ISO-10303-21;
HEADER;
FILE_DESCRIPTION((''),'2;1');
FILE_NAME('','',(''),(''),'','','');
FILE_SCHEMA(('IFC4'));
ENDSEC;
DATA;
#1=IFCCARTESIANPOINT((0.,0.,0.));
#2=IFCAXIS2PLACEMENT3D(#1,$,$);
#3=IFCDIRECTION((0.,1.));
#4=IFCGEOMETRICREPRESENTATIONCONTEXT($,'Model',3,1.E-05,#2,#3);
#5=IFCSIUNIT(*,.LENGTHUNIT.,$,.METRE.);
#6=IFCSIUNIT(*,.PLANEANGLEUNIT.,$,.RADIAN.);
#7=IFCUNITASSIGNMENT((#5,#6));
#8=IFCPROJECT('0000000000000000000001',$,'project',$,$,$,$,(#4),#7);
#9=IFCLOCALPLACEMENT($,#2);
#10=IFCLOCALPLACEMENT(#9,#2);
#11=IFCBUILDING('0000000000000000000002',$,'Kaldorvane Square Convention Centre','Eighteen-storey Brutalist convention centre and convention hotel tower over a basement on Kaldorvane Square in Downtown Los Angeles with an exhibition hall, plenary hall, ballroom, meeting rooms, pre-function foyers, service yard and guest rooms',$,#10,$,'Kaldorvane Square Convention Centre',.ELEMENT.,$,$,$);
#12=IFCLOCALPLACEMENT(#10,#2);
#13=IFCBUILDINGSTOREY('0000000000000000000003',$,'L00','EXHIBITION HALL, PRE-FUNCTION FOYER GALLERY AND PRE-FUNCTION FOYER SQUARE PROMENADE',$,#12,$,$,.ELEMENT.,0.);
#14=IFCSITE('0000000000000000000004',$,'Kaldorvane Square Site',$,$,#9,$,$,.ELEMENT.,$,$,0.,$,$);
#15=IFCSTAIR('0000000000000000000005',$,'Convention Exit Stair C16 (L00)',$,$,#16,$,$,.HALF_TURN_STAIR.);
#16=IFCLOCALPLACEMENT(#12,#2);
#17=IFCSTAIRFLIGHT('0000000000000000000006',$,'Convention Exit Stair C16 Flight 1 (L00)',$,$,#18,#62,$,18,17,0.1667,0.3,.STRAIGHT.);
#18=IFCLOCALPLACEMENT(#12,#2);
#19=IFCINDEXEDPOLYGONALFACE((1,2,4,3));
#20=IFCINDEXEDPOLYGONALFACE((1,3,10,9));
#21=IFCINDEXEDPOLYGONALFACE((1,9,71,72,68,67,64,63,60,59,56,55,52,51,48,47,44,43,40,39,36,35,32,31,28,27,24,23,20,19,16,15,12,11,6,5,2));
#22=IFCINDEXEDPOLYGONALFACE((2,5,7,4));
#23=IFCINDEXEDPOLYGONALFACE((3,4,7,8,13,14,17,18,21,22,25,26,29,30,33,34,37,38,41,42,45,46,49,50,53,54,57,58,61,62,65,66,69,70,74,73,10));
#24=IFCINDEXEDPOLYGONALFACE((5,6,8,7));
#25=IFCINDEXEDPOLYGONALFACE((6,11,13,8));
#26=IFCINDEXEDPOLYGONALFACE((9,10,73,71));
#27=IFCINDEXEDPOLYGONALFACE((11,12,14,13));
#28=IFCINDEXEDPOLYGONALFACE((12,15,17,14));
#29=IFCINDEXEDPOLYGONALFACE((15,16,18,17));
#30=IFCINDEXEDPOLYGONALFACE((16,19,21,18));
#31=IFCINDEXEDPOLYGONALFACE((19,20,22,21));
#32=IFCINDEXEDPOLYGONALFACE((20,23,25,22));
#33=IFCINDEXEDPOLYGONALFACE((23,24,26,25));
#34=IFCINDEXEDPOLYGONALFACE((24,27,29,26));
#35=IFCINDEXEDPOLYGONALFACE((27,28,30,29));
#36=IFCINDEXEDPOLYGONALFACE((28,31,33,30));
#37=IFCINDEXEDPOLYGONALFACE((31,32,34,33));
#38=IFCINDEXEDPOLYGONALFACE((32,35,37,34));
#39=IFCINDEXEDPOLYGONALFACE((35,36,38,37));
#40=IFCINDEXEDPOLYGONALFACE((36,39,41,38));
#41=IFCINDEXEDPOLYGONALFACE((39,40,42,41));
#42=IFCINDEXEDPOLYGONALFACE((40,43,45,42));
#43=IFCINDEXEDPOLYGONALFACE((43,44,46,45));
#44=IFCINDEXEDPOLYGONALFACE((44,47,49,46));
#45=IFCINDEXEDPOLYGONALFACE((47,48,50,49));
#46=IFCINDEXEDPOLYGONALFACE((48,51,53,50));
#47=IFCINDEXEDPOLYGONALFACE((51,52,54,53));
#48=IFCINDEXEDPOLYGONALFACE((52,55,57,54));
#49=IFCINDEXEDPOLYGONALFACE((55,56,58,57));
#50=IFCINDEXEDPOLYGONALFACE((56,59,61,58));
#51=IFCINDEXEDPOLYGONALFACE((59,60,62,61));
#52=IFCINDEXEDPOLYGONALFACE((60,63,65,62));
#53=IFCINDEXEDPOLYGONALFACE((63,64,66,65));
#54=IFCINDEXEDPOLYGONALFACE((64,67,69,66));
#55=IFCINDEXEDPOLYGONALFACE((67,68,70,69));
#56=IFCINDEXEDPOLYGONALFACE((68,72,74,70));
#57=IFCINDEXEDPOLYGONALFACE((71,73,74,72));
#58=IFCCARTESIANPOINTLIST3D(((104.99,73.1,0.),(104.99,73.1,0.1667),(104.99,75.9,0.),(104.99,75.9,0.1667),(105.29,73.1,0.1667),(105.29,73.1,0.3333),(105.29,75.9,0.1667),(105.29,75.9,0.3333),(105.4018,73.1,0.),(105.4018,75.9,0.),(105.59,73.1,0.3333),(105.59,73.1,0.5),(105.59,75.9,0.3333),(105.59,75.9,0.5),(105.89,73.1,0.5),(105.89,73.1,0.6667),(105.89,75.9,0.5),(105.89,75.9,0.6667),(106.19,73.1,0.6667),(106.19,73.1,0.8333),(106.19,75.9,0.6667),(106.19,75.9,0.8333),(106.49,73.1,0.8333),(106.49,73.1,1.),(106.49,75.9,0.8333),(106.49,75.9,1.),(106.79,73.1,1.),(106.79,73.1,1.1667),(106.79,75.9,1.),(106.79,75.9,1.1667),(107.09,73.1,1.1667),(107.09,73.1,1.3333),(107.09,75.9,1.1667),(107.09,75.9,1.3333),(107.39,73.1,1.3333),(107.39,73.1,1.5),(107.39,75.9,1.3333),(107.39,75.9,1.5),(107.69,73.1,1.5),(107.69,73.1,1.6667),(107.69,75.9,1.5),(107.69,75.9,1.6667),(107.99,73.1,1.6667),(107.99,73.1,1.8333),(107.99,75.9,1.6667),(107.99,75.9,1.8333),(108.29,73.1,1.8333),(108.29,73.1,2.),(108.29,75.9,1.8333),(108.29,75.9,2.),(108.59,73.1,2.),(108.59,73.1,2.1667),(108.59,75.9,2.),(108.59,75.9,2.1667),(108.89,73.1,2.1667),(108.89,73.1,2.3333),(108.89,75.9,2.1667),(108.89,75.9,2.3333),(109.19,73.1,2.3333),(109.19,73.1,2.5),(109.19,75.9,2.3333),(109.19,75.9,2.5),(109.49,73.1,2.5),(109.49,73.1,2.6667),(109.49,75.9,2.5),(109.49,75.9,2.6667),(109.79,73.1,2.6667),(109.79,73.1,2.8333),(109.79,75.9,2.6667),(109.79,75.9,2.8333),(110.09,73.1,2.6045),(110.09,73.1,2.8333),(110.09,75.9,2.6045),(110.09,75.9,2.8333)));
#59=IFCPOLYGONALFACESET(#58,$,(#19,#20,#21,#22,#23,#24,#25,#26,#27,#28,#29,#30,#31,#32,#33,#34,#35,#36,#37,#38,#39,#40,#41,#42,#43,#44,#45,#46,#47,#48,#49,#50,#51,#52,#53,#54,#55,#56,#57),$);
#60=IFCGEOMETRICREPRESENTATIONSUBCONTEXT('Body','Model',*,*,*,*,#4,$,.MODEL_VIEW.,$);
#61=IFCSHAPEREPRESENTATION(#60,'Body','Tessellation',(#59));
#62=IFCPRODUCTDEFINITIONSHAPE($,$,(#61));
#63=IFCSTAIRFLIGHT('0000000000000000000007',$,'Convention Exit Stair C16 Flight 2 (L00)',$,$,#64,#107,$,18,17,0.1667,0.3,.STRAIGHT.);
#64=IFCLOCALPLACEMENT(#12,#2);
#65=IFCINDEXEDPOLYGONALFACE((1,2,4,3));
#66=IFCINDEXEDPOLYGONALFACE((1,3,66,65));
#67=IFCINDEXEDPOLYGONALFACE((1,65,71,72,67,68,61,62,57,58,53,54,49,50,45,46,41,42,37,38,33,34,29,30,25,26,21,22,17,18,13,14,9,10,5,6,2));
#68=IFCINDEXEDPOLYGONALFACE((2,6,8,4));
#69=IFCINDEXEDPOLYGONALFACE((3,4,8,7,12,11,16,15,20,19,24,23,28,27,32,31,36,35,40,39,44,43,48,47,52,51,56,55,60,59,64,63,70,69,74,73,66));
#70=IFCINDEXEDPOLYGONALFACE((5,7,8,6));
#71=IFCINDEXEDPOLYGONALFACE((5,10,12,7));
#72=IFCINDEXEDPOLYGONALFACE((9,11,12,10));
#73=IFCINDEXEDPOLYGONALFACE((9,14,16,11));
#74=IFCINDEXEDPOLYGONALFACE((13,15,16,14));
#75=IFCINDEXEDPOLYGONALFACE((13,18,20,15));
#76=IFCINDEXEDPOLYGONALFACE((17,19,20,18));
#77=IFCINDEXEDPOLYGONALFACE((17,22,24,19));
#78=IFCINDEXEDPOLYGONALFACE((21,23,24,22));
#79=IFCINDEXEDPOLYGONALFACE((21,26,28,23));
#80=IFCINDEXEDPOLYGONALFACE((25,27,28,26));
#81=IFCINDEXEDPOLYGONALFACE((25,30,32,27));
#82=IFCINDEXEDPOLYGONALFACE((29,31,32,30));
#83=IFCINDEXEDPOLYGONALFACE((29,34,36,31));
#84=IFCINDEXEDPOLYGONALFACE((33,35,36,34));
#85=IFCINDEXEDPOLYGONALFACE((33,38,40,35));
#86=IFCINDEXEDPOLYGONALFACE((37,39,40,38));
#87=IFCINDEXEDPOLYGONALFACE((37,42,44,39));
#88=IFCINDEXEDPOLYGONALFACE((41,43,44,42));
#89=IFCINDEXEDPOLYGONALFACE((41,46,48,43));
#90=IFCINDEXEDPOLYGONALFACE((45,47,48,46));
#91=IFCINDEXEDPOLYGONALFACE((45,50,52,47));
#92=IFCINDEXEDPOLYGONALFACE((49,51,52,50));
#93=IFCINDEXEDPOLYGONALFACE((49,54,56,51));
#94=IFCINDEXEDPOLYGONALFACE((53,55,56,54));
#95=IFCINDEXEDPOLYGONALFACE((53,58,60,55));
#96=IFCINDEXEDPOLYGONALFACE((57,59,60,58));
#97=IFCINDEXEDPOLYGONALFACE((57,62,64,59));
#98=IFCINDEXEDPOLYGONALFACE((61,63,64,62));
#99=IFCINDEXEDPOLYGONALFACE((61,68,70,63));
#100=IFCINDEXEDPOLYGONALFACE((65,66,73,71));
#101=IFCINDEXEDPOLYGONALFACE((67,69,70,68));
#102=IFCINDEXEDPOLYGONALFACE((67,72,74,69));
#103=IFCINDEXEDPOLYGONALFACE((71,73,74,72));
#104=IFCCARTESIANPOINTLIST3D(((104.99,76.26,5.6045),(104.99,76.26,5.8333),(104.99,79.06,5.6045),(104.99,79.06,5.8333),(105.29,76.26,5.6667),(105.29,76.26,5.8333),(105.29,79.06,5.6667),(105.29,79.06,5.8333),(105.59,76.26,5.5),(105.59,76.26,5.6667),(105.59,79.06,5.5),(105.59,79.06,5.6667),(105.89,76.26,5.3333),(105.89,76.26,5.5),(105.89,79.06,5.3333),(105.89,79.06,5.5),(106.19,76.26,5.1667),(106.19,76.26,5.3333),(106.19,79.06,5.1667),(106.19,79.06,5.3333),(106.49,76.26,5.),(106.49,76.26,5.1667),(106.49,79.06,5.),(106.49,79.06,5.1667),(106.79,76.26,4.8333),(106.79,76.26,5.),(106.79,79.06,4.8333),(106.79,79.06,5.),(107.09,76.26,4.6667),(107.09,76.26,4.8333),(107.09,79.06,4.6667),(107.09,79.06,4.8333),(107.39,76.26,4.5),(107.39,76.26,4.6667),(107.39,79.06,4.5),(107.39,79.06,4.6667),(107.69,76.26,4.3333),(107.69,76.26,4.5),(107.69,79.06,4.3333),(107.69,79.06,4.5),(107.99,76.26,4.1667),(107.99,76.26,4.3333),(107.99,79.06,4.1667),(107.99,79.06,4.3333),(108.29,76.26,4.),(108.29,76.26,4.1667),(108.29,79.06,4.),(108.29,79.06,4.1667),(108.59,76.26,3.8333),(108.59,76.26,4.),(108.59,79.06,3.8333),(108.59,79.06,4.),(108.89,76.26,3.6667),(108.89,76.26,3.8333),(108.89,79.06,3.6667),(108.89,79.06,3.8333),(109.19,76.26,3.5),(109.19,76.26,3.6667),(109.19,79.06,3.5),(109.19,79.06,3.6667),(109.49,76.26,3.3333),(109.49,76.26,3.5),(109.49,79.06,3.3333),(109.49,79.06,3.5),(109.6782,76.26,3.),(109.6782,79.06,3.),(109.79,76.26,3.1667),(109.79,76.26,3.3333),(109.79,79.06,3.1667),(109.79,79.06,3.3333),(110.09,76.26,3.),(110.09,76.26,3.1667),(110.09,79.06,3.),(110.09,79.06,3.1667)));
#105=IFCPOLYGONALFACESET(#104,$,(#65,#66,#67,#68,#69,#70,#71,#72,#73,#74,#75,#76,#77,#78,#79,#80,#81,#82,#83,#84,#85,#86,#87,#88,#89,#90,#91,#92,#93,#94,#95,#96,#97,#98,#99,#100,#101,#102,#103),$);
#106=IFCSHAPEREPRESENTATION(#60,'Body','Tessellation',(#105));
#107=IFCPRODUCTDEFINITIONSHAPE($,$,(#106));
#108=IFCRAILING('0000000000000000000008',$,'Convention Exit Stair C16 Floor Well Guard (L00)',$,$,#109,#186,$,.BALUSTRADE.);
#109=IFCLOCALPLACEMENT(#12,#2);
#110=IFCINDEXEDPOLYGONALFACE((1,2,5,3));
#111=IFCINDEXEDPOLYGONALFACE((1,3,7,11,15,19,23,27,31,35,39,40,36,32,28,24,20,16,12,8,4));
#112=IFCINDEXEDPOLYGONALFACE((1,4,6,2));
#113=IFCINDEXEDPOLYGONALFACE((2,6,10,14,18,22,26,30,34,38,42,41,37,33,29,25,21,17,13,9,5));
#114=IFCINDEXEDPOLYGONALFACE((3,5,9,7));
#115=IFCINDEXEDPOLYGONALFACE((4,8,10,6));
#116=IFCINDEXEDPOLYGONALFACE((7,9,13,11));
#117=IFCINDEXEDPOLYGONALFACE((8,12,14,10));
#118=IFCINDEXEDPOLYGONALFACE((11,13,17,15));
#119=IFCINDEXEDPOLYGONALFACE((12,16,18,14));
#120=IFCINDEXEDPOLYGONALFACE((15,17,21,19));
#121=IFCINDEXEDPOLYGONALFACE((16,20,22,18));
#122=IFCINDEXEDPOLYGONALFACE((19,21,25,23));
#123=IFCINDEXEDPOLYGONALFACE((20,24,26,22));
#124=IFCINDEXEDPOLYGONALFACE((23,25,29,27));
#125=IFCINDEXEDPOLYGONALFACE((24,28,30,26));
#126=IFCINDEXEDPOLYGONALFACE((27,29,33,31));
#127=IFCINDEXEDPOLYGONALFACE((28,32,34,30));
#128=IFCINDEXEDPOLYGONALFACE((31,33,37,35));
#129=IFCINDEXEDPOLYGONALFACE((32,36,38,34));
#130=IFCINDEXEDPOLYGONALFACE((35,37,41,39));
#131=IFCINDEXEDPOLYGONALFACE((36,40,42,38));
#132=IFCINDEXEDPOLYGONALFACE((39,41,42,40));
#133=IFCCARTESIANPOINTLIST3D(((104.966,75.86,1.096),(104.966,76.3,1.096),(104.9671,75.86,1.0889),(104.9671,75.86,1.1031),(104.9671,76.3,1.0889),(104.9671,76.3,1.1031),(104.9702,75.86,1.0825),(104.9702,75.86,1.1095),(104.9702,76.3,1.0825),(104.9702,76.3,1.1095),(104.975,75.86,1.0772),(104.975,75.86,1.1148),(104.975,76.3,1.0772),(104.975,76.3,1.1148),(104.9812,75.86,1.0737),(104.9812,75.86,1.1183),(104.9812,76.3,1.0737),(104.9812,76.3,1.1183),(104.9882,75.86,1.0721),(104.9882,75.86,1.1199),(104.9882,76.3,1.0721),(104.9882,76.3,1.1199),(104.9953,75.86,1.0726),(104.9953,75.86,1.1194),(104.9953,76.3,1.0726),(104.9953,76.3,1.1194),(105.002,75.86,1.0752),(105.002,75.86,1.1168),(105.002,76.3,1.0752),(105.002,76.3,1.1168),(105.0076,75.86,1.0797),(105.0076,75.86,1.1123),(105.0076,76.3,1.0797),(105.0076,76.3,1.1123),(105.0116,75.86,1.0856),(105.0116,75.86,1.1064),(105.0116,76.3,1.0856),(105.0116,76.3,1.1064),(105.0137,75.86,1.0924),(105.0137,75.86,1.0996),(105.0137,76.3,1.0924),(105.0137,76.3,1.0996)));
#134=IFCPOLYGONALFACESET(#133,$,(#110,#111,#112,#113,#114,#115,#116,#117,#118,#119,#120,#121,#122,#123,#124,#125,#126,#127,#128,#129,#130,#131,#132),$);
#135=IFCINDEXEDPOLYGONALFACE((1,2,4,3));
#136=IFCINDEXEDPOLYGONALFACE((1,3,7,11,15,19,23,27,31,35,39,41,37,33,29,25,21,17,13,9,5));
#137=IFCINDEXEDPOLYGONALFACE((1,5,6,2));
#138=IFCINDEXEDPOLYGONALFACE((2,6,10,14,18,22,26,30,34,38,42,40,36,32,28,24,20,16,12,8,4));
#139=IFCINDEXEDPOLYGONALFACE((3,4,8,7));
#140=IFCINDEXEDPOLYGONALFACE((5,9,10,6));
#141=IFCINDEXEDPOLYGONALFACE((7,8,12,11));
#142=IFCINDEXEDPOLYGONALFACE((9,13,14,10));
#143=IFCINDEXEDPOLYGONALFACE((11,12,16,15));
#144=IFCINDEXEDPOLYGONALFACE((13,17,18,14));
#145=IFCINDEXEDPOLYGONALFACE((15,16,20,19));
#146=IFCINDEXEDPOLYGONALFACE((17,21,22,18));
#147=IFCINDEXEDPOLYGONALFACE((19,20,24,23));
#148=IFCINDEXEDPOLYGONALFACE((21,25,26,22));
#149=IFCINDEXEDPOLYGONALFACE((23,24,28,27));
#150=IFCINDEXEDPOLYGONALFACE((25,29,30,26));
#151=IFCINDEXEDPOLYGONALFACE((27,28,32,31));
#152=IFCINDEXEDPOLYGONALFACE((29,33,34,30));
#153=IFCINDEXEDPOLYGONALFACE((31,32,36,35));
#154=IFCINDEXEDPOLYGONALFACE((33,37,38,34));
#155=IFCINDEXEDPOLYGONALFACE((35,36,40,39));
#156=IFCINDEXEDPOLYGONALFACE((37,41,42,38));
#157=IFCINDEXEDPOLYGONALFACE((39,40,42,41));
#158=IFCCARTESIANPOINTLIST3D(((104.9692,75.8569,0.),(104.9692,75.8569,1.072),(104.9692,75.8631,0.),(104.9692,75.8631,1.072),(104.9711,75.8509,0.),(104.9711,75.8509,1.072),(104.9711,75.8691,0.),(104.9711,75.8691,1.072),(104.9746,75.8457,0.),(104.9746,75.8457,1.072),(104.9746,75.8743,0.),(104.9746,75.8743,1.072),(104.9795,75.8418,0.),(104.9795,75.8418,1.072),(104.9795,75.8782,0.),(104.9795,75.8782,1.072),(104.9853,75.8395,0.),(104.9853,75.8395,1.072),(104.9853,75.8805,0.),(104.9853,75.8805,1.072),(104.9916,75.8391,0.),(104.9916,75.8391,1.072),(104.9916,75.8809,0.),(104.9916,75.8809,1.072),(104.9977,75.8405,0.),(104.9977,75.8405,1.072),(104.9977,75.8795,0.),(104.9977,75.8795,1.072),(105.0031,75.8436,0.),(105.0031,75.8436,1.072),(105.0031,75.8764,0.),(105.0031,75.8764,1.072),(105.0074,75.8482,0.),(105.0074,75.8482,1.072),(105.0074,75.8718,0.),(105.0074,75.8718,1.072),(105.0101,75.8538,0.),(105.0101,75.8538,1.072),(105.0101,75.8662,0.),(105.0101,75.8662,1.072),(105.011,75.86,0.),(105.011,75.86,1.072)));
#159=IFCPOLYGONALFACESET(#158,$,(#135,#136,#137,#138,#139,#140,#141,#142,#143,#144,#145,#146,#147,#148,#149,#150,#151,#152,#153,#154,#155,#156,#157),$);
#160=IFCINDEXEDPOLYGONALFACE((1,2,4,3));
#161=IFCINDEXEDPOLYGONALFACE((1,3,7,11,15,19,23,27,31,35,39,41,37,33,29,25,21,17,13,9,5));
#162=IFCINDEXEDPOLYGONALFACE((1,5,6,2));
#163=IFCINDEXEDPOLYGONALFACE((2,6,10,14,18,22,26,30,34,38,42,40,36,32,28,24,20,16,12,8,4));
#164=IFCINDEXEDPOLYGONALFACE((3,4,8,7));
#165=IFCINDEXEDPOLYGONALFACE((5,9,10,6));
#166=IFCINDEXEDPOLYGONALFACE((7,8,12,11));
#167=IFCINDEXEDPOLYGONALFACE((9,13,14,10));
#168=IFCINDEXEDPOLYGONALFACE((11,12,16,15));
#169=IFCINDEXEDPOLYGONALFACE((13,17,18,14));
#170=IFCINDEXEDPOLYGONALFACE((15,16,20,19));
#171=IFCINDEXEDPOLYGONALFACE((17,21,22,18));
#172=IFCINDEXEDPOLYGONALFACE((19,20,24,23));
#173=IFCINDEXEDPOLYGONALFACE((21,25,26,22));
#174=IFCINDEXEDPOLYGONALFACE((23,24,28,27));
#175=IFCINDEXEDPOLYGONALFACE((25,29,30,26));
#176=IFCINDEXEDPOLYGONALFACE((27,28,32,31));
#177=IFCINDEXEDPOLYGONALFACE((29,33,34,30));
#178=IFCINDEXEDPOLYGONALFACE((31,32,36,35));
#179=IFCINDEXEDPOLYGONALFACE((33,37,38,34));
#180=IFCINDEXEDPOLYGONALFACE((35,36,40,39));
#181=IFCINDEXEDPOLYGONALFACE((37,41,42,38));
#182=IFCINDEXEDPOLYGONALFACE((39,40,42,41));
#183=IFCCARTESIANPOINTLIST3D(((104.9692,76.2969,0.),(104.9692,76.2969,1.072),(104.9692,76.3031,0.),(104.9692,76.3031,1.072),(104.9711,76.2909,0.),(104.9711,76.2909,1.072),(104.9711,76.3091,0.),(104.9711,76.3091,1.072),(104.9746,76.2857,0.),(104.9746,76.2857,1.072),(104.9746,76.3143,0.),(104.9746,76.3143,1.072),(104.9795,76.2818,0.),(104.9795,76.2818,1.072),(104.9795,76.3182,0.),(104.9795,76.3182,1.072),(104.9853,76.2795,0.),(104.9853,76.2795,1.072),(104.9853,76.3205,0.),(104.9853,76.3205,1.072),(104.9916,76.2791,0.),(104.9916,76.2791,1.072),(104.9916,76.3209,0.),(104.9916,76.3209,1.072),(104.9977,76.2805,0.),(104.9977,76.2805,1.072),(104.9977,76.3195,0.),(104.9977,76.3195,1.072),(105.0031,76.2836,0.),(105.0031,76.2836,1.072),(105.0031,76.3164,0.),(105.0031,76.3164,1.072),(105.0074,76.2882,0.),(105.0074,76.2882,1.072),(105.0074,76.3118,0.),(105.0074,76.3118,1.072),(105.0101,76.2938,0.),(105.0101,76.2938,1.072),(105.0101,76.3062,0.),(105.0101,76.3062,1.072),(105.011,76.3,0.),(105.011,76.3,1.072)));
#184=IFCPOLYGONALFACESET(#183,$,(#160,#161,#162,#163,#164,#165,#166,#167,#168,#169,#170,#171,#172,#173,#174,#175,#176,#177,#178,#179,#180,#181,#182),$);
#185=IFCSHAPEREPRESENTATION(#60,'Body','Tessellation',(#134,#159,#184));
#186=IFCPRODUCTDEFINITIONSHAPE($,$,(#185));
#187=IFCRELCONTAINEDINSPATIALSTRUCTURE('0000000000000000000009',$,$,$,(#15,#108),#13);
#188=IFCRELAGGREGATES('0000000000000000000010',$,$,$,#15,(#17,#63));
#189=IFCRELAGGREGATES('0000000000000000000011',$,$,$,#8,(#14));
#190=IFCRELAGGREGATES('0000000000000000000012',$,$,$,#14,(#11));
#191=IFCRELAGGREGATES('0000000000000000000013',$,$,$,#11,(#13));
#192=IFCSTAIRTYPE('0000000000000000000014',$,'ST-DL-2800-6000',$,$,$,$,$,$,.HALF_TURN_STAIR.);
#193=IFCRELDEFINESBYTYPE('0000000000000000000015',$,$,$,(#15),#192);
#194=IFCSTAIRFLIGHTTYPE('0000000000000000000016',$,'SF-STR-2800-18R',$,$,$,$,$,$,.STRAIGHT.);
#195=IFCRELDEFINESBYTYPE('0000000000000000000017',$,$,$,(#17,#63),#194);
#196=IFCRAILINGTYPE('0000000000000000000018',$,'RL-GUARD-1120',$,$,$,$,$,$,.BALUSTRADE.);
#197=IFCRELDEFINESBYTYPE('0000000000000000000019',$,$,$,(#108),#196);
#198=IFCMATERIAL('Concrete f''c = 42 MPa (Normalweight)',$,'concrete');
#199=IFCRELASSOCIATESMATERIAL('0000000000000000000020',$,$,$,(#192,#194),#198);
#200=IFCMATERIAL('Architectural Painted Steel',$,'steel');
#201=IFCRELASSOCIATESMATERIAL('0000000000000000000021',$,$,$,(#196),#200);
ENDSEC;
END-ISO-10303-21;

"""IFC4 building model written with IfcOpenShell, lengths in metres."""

from ifc_helpers import new_model, si_unit, direction, frame, origin, origin_2d, place, context, subcontext, project, spatial, polyline, circle, outline, extrude, material, type_object, element, aggregate, save


model = new_model("IFC4")

# Units and contexts
model_context = context("Model", 3, precision=1e-05, world=origin(), true_north=direction((0.0, 1.0)))
body_context = subcontext(model_context, "Body", "Model", "MODEL_VIEW")
ifc_project = project(units=[si_unit("LENGTHUNIT", "METRE"), si_unit("PLANEANGLEUNIT", "RADIAN")], contexts=[model_context])

# Site, building, storey
site_placement = place(None, origin())
site = spatial("IfcSite", under=ifc_project, at=site_placement, Name="Kaldorvane Square Site", CompositionType="ELEMENT", RefElevation=0.0)
building_placement = place(site_placement, origin())
building = spatial("IfcBuilding", under=site, at=building_placement, Name="Kaldorvane Square Convention Centre", Description="Eighteen-storey Brutalist convention centre and convention hotel tower over a basement on Kaldorvane Square in Downtown Los Angeles with an exhibition hall, plenary hall, ballroom, meeting rooms, pre-function foyers, service yard and guest rooms", LongName="Kaldorvane Square Convention Centre", CompositionType="ELEMENT")
storey_placement = place(building_placement, origin())
storey = spatial("IfcBuildingStorey", under=building, at=storey_placement, Name="L00", Description="EXHIBITION HALL, PRE-FUNCTION FOYER GALLERY AND PRE-FUNCTION FOYER SQUARE PROMENADE", CompositionType="ELEMENT", Elevation=0.0)

# Stair, stair flights
ifc_material_1 = material(Name="Concrete f'c = 42 MPa (Normalweight)", Category="concrete")
stair_type = type_object("IfcStairType", Name="ST-DL-2800-6000", PredefinedType="HALF_TURN_STAIR", material=ifc_material_1)
stair_placement = place(storey_placement, origin())
stair = element("IfcStair", 1, at=stair_placement, inside=storey, type_object=stair_type, Name="Convention Exit Stair C16 (L00)", PredefinedType="HALF_TURN_STAIR")
stair_flight_type = type_object("IfcStairFlightType", Name="SF-STR-2800-18R", PredefinedType="STRAIGHT", material=ifc_material_1)
stair_flight_1_placement = place(storey_placement, frame((104.99, 74.5, 0.0), z_axis=(0.0, 0.0, 1.0), x_axis=(1.0, 0.0, 0.0)))
stair_flight_1 = element("IfcStairFlight", 2, at=stair_flight_1_placement, type_object=stair_flight_type, Name="Convention Exit Stair C16 Flight 1 (L00)", NumberOfRisers=18, NumberOfTreads=17, PredefinedType="STRAIGHT", RiserHeight=0.1667, TreadLength=0.3, context=body_context, shape_type="SweptSolid", body=[
    extrude(outline(polyline([(0.0, 0.0), (0.0, 0.1667), (0.3, 0.1667), (0.3, 0.3333), (0.6, 0.3333), (0.6, 0.5), (0.9, 0.5), (0.9, 0.6667), (1.2, 0.6667), (1.2, 0.8333), (1.5, 0.8333), (1.5, 1.0), (1.8, 1.0), (1.8, 1.1667), (2.1, 1.1667), (2.1, 1.3333), (2.4, 1.3333), (2.4, 1.5), (2.7, 1.5), (2.7, 1.6667), (3.0, 1.6667), (3.0, 1.8333), (3.3, 1.8333), (3.3, 2.0), (3.6, 2.0), (3.6, 2.1667), (3.9, 2.1667), (3.9, 2.3333), (4.2, 2.3333), (4.2, 2.5), (4.5, 2.5), (4.5, 2.6667), (4.8, 2.6667), (4.8, 2.8333), (5.1, 2.8333), (5.1, 3.0), (5.1, 2.6045), (0.4118, 0.0), (0.0, 0.0)])), frame((0.0, 1.4, 0.0), z_axis=(0.0, -1.0, 0.0), x_axis=(1.0, 0.0, 0.0)), (0.0, 0.0, 1.0), 2.8),
])
stair_flight_2_placement = place(storey_placement, frame((110.09, 77.66, 3.0), z_axis=(0.0, 0.0, 1.0), x_axis=(-1.0, 0.0, 0.0)))
stair_flight_2 = element("IfcStairFlight", 3, at=stair_flight_2_placement, type_object=stair_flight_type, Name="Convention Exit Stair C16 Flight 2 (L00)", NumberOfRisers=18, NumberOfTreads=17, PredefinedType="STRAIGHT", RiserHeight=0.1667, TreadLength=0.3, context=body_context, shape_type="SweptSolid", body=[
    extrude(outline(polyline([(0.0, 0.0), (0.0, 0.1667), (0.3, 0.1667), (0.3, 0.3333), (0.6, 0.3333), (0.6, 0.5), (0.9, 0.5), (0.9, 0.6667), (1.2, 0.6667), (1.2, 0.8333), (1.5, 0.8333), (1.5, 1.0), (1.8, 1.0), (1.8, 1.1667), (2.1, 1.1667), (2.1, 1.3333), (2.4, 1.3333), (2.4, 1.5), (2.7, 1.5), (2.7, 1.6667), (3.0, 1.6667), (3.0, 1.8333), (3.3, 1.8333), (3.3, 2.0), (3.6, 2.0), (3.6, 2.1667), (3.9, 2.1667), (3.9, 2.3333), (4.2, 2.3333), (4.2, 2.5), (4.5, 2.5), (4.5, 2.6667), (4.8, 2.6667), (4.8, 2.8333), (5.1, 2.8333), (5.1, 3.0), (5.1, 2.6045), (0.4118, 0.0), (0.0, 0.0)])), frame((0.0, 1.4, 0.0), z_axis=(0.0, -1.0, 0.0), x_axis=(1.0, 0.0, 0.0)), (0.0, 0.0, 1.0), 2.8),
])
aggregate(stair, [stair_flight_1, stair_flight_2])

# Railing
ifc_material_2 = material(Name="Architectural Painted Steel", Category="steel")
railing_type_1 = type_object("IfcRailingType", Name="RL-GUARD-1120", PredefinedType="BALUSTRADE", material=ifc_material_2)
for number, where, name in (
    (4, (104.99, 75.86, 0.0), "Convention Exit Stair C16 Floor Well Guard (L00)"),
):
    element("IfcRailing", number, at=place(storey_placement, frame(where)), inside=storey, type_object=railing_type_1, Name=name, PredefinedType="BALUSTRADE", context=body_context, shape_type="SweptSolid", body=[
        extrude(circle(Radius=0.024, at=origin_2d()), frame((0.0, 0.0, 1.096), z_axis=(0.0, 1.0, 0.0), x_axis=(-1.0, 0.0, 0.0)), (0.0, 0.0, 1.0), 0.44),
        extrude(circle(Radius=0.021, at=origin_2d()), origin(), (0.0, 0.0, 1.0), 1.072),
        extrude(circle(Radius=0.021, at=origin_2d()), frame((0.0, 0.44, 0.0)), (0.0, 0.0, 1.0), 1.072),
    ])

save(model, "model.ifc")
